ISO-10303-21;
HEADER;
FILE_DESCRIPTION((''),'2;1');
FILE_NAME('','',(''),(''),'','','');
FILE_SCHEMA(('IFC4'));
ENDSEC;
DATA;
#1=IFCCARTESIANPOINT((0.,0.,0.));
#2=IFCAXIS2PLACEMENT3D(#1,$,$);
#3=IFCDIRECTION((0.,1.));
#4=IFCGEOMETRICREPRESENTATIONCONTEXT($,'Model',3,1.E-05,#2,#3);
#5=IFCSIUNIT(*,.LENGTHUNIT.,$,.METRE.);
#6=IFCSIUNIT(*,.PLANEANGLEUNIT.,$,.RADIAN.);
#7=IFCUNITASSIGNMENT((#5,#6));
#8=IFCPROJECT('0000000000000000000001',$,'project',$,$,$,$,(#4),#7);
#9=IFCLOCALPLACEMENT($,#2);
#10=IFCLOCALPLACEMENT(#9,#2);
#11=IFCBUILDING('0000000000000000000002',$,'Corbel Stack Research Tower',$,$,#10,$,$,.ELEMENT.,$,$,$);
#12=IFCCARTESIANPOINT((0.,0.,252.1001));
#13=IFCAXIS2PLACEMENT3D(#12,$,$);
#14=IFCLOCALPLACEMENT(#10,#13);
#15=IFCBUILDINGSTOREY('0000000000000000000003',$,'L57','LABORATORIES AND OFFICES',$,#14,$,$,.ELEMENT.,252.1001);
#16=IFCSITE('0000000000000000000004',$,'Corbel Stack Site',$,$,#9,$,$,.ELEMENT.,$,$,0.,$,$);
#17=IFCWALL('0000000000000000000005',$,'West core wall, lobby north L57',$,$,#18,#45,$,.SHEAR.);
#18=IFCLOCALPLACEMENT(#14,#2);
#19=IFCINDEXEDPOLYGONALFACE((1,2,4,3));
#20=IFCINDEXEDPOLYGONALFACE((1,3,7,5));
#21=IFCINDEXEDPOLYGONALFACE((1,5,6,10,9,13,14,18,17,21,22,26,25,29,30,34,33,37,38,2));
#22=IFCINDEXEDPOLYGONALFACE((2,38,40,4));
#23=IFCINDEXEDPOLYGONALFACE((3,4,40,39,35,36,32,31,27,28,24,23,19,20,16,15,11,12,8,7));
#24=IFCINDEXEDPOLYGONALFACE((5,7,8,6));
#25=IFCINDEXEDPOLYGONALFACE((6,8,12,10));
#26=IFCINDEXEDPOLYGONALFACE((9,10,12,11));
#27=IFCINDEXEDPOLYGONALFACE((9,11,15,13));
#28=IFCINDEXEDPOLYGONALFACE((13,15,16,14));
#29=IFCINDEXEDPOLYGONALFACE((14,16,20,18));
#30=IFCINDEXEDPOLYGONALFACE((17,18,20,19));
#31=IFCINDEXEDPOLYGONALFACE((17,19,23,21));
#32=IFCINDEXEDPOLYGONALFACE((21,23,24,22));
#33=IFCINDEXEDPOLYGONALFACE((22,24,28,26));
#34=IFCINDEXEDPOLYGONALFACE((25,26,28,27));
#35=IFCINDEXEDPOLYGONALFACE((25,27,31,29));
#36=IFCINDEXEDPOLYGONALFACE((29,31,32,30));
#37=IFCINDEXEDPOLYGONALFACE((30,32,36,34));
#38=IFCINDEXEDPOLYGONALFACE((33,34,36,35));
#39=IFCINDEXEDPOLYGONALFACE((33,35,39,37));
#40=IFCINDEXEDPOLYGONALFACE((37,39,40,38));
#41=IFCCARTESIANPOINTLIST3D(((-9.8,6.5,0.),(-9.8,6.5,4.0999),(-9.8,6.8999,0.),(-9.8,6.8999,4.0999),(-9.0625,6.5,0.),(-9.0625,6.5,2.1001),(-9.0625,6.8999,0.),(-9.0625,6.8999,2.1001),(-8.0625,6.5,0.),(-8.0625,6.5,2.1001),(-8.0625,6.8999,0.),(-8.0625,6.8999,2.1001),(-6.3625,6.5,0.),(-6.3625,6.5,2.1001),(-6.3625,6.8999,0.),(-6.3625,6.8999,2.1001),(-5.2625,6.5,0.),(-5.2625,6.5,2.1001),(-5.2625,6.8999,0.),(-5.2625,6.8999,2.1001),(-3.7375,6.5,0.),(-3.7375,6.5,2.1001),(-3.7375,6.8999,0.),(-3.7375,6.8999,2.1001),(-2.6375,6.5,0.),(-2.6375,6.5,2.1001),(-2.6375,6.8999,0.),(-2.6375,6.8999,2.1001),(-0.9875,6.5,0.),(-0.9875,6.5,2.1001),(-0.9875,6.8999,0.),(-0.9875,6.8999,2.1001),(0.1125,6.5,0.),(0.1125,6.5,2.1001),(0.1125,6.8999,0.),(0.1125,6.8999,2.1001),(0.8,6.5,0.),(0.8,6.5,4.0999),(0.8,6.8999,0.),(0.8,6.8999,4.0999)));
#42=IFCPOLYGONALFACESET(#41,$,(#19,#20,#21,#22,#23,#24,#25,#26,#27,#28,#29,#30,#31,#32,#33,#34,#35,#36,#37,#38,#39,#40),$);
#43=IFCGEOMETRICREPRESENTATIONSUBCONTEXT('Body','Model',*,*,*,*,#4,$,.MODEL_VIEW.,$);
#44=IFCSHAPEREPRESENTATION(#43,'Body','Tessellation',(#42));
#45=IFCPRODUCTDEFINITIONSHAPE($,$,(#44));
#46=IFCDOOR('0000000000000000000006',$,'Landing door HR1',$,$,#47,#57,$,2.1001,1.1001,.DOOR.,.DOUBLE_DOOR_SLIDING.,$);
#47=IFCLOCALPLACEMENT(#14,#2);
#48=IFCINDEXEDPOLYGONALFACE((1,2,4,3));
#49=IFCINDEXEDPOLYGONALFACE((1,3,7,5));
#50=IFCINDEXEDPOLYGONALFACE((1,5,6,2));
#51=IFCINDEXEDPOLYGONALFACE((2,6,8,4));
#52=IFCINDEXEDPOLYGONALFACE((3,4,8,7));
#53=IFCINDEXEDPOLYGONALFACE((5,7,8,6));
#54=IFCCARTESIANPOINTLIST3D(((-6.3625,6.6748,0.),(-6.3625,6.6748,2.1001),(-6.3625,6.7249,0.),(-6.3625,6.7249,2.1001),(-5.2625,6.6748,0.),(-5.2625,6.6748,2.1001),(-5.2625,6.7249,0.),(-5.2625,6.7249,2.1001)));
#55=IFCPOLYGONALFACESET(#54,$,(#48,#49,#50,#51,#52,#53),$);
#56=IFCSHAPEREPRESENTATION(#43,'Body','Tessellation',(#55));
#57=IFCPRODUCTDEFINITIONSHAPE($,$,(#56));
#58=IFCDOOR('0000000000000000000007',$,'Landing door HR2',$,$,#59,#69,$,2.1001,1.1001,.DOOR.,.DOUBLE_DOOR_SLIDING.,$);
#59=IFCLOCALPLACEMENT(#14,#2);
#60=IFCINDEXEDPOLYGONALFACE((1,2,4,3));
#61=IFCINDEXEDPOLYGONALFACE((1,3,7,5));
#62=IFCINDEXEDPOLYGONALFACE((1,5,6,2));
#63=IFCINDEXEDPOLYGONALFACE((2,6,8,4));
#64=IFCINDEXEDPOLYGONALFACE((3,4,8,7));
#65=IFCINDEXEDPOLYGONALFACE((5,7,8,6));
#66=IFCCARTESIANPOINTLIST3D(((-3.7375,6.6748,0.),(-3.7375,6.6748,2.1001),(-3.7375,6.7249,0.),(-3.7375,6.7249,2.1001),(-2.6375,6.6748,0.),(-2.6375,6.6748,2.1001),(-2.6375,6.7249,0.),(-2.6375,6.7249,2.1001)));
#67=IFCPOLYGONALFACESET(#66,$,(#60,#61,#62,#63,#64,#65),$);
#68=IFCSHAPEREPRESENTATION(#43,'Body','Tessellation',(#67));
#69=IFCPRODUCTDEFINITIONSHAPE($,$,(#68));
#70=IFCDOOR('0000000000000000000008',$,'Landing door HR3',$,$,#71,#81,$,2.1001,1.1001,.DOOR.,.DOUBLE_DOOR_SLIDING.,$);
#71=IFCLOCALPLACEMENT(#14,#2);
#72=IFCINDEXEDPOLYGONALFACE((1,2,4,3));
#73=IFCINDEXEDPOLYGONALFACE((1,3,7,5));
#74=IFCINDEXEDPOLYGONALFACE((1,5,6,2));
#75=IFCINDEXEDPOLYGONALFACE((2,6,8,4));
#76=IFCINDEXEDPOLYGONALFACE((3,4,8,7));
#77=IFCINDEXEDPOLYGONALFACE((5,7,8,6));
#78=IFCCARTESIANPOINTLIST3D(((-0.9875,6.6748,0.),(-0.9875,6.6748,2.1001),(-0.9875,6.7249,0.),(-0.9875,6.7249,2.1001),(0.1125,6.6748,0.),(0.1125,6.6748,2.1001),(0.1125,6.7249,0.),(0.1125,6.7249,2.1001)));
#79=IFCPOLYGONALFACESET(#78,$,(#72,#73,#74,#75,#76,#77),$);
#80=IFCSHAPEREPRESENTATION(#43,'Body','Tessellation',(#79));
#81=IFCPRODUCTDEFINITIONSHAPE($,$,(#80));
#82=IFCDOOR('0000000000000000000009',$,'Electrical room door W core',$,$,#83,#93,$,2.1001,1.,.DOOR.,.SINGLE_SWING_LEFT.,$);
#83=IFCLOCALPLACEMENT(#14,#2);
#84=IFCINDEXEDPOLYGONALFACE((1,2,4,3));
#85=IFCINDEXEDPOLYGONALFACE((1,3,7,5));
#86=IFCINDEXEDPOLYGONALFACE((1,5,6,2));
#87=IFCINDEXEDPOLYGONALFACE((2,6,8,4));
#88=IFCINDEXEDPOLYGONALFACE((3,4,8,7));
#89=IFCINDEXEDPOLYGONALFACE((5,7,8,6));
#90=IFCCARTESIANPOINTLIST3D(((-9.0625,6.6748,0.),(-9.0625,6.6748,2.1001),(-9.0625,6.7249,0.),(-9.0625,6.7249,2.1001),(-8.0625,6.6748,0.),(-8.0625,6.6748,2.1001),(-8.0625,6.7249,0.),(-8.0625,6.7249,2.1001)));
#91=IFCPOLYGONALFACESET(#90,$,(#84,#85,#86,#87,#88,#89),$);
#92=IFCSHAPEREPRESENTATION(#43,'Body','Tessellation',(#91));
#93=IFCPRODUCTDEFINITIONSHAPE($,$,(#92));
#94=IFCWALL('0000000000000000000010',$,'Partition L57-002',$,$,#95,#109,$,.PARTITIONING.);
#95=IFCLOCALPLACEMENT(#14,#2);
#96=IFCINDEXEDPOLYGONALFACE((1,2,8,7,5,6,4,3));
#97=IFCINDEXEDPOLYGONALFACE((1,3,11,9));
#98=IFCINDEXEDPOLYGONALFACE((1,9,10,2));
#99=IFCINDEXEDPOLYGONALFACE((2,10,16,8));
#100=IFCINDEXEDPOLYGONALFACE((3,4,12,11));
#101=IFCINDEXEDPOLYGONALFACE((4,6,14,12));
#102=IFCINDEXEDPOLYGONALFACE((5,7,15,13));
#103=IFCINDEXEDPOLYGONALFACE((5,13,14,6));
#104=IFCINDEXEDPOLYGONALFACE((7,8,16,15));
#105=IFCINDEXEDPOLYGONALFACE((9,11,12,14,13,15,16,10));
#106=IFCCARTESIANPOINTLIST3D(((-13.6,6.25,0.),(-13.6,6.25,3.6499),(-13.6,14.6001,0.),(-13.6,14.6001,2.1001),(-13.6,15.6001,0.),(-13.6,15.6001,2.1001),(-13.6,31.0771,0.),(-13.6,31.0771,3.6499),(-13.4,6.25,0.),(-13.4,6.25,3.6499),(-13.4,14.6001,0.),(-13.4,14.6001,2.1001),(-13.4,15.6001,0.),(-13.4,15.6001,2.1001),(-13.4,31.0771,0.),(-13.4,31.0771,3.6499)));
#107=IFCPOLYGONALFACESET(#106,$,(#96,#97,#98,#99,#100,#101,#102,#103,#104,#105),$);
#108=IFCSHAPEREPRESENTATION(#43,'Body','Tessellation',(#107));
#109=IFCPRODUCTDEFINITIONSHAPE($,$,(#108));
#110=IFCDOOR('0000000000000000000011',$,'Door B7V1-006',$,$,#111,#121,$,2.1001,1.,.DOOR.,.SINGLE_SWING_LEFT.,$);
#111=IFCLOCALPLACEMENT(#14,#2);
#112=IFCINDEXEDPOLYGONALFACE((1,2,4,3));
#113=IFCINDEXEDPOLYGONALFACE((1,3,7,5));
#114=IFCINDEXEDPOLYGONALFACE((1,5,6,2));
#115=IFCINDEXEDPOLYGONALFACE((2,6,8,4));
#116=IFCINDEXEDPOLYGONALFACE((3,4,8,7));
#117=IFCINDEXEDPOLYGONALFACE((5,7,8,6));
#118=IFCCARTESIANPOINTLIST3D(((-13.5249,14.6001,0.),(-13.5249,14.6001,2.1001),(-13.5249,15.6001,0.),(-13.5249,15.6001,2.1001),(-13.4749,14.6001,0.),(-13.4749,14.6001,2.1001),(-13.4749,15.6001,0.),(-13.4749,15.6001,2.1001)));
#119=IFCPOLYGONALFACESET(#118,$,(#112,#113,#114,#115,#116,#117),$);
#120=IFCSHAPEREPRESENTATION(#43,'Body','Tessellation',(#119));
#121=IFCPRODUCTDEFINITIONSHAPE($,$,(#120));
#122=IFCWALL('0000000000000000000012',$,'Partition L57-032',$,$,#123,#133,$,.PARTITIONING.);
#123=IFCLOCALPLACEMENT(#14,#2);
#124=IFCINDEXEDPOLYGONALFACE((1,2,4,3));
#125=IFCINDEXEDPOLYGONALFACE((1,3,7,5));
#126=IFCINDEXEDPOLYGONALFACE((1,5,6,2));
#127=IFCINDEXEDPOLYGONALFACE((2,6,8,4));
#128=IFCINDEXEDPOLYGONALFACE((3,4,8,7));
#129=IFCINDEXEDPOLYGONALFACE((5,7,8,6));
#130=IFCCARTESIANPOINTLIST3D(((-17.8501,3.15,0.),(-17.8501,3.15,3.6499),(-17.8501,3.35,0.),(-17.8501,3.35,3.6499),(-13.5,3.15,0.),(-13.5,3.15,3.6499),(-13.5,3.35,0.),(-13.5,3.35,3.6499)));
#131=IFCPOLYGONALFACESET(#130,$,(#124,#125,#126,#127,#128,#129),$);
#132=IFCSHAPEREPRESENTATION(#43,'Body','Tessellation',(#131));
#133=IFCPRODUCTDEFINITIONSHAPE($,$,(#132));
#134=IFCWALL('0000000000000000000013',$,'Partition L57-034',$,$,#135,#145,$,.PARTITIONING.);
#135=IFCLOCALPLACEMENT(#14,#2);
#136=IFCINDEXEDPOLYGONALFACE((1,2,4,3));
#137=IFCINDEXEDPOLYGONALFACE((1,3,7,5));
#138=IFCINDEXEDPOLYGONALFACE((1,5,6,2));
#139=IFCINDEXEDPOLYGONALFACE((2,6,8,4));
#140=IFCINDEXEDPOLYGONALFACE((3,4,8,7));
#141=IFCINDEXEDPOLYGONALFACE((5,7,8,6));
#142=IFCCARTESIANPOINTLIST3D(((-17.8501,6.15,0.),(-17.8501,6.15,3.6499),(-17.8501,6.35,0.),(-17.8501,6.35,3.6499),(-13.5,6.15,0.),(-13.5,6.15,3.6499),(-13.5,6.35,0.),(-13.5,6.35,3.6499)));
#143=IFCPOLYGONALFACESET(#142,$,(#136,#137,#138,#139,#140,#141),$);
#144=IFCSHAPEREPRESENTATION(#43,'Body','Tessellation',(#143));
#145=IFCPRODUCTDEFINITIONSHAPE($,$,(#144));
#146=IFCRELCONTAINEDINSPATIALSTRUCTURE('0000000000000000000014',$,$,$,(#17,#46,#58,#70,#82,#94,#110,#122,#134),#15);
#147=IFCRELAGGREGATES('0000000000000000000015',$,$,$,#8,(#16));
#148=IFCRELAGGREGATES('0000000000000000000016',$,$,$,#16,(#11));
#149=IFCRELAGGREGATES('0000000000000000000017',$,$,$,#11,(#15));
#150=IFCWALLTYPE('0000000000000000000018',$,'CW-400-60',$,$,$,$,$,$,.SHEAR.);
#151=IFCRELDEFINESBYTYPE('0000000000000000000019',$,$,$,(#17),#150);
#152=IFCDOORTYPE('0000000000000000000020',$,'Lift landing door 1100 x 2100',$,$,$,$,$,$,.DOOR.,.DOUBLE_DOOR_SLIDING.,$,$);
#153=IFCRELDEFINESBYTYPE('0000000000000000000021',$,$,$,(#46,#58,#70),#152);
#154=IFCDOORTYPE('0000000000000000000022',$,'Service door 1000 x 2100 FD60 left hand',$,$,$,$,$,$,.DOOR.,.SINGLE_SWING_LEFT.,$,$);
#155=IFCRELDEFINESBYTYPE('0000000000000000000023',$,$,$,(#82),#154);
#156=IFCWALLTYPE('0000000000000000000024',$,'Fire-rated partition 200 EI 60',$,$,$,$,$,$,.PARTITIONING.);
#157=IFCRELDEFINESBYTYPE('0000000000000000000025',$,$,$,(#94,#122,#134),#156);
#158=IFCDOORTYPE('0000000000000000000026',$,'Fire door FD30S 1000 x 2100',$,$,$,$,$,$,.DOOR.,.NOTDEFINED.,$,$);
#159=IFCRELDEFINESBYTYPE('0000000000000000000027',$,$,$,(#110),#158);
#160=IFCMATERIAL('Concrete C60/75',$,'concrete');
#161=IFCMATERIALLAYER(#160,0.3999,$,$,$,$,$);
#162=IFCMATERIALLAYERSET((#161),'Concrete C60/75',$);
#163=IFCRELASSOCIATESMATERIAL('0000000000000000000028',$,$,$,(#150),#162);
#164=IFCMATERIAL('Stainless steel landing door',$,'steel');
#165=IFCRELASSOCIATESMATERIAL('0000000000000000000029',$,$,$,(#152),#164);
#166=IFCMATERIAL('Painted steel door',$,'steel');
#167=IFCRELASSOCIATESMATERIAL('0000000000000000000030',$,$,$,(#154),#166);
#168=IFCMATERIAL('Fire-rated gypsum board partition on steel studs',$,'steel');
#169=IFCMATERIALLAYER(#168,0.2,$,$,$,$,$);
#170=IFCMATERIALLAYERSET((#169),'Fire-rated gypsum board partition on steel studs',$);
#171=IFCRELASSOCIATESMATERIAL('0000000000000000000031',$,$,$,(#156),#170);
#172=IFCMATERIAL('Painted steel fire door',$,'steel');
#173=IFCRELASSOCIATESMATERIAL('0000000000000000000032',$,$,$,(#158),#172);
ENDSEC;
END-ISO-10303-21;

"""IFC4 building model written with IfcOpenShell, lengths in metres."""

from ifc_helpers import new_model, si_unit, direction, frame, frame_2d, origin, place, context, subcontext, project, spatial, rectangle, extrude, material, layer, layer_set, type_object, element, fill, save


model = new_model("IFC4")

# Units and contexts
model_context = context("Model", 3, precision=1e-05, world=origin(), true_north=direction((0.0, 1.0)))
body_context = subcontext(model_context, "Body", "Model", "MODEL_VIEW")
ifc_project = project(units=[si_unit("LENGTHUNIT", "METRE"), si_unit("PLANEANGLEUNIT", "RADIAN")], contexts=[model_context])

# Site, building, storey
site_placement = place(None, origin())
site = spatial("IfcSite", under=ifc_project, at=site_placement, Name="Corbel Stack Site", CompositionType="ELEMENT", RefElevation=0.0)
building_placement = place(site_placement, origin())
building = spatial("IfcBuilding", under=site, at=building_placement, Name="Corbel Stack Research Tower", CompositionType="ELEMENT")
storey_placement = place(building_placement, frame((0.0, 0.0, 252.1001)))
storey = spatial("IfcBuildingStorey", under=building, at=storey_placement, Name="L57", Description="LABORATORIES AND OFFICES", CompositionType="ELEMENT", Elevation=252.1001)

# Wall, openings, doors
ifc_material_1 = material(Name="Concrete C60/75", Category="concrete")
ifc_layer_1 = layer(ifc_material_1, 0.3999)
ifc_layer_set_1 = layer_set([ifc_layer_1], Name="Concrete C60/75")
wall_type_1 = type_object("IfcWallType", Name="CW-400-60", PredefinedType="SHEAR", material=ifc_layer_set_1)
ifc_material_2 = material(Name="Stainless steel landing door", Category="steel")
door_type_1 = type_object("IfcDoorType", Name="Lift landing door 1100 x 2100", OperationType="DOUBLE_DOOR_SLIDING", PredefinedType="DOOR", material=ifc_material_2)
ifc_material_3 = material(Name="Painted steel door", Category="steel")
door_type_2 = type_object("IfcDoorType", Name="Service door 1000 x 2100 FD60 left hand", OperationType="SINGLE_SWING_LEFT", PredefinedType="DOOR", material=ifc_material_3)
wall_1_placement = place(storey_placement, frame((-9.8, 6.7, 0.0), z_axis=(0.0, 0.0, 1.0), x_axis=(1.0, 0.0, 0.0)))
wall_1 = element("IfcWall", 1, at=wall_1_placement, inside=storey, type_object=wall_type_1, Name="West core wall, lobby north L57", PredefinedType="SHEAR", context=body_context, shape_type="SweptSolid", body=[
    extrude(rectangle(XDim=10.6001, YDim=0.3999, at=frame_2d((5.3, 0.0))), origin(), (0.0, 0.0, 1.0), 4.0999),
])
opening_1_placement = place(wall_1_placement, frame((3.4375, 0.0, 0.0)))
opening_1 = element("IfcOpeningElement", 2, at=opening_1_placement, cuts=wall_1, PredefinedType="OPENING", context=body_context, shape_type="SweptSolid", body=[
    extrude(rectangle(XDim=1.1001, YDim=2.1001, at=frame_2d((0.55, 1.05))), frame((0.0, 0.21, 0.0), z_axis=(0.0, -1.0, 0.0), x_axis=(1.0, 0.0, 0.0)), (0.0, 0.0, 1.0), 0.4199),
])
opening_2_placement = place(wall_1_placement, frame((6.0625, 0.0, 0.0)))
opening_2 = element("IfcOpeningElement", 3, at=opening_2_placement, cuts=wall_1, PredefinedType="OPENING", context=body_context, shape_type="SweptSolid", body=[
    extrude(rectangle(XDim=1.1001, YDim=2.1001, at=frame_2d((0.55, 1.05))), frame((0.0, 0.21, 0.0), z_axis=(0.0, -1.0, 0.0), x_axis=(1.0, 0.0, 0.0)), (0.0, 0.0, 1.0), 0.4199),
])
opening_3_placement = place(wall_1_placement, frame((8.8125, 0.0, 0.0)))
opening_3 = element("IfcOpeningElement", 4, at=opening_3_placement, cuts=wall_1, PredefinedType="OPENING", context=body_context, shape_type="SweptSolid", body=[
    extrude(rectangle(XDim=1.1001, YDim=2.1001, at=frame_2d((0.55, 1.05))), frame((0.0, 0.21, 0.0), z_axis=(0.0, -1.0, 0.0), x_axis=(1.0, 0.0, 0.0)), (0.0, 0.0, 1.0), 0.4199),
])
opening_4_placement = place(wall_1_placement, frame((0.7375, 0.0, 0.0)))
opening_4 = element("IfcOpeningElement", 5, at=opening_4_placement, cuts=wall_1, PredefinedType="OPENING", context=body_context, shape_type="SweptSolid", body=[
    extrude(rectangle(XDim=1.0, YDim=2.1001, at=frame_2d((0.5, 1.05))), frame((0.0, 0.21, 0.0), z_axis=(0.0, -1.0, 0.0), x_axis=(1.0, 0.0, 0.0)), (0.0, 0.0, 1.0), 0.4199),
])
door_1_placement = place(opening_1_placement, origin())
door_1 = element("IfcDoor", 6, at=door_1_placement, inside=storey, type_object=door_type_1, Name="Landing door HR1", OperationType="DOUBLE_DOOR_SLIDING", OverallHeight=2.1001, OverallWidth=1.1001, PredefinedType="DOOR", context=body_context, shape_type="SweptSolid", body=[
    extrude(rectangle(XDim=1.1001, YDim=2.1001, at=frame_2d((0.55, 1.05))), frame((0.0, 0.0249, 0.0), z_axis=(0.0, -1.0, 0.0), x_axis=(1.0, 0.0, 0.0)), (0.0, 0.0, 1.0), 0.05),
])
fill(opening_1, door_1)
door_2_placement = place(opening_2_placement, origin())
door_2 = element("IfcDoor", 7, at=door_2_placement, inside=storey, type_object=door_type_1, Name="Landing door HR2", OperationType="DOUBLE_DOOR_SLIDING", OverallHeight=2.1001, OverallWidth=1.1001, PredefinedType="DOOR", context=body_context, shape_type="SweptSolid", body=[
    extrude(rectangle(XDim=1.1001, YDim=2.1001, at=frame_2d((0.55, 1.05))), frame((0.0, 0.0249, 0.0), z_axis=(0.0, -1.0, 0.0), x_axis=(1.0, 0.0, 0.0)), (0.0, 0.0, 1.0), 0.05),
])
fill(opening_2, door_2)
door_3_placement = place(opening_3_placement, origin())
door_3 = element("IfcDoor", 8, at=door_3_placement, inside=storey, type_object=door_type_1, Name="Landing door HR3", OperationType="DOUBLE_DOOR_SLIDING", OverallHeight=2.1001, OverallWidth=1.1001, PredefinedType="DOOR", context=body_context, shape_type="SweptSolid", body=[
    extrude(rectangle(XDim=1.1001, YDim=2.1001, at=frame_2d((0.55, 1.05))), frame((0.0, 0.0249, 0.0), z_axis=(0.0, -1.0, 0.0), x_axis=(1.0, 0.0, 0.0)), (0.0, 0.0, 1.0), 0.05),
])
fill(opening_3, door_3)
door_4_placement = place(opening_4_placement, origin())
door_4 = element("IfcDoor", 9, at=door_4_placement, inside=storey, type_object=door_type_2, Name="Electrical room door W core", OperationType="SINGLE_SWING_LEFT", OverallHeight=2.1001, OverallWidth=1.0, PredefinedType="DOOR", context=body_context, shape_type="SweptSolid", body=[
    extrude(rectangle(XDim=1.0, YDim=2.1001, at=frame_2d((0.5, 1.05))), frame((0.0, 0.0249, 0.0), z_axis=(0.0, -1.0, 0.0), x_axis=(1.0, 0.0, 0.0)), (0.0, 0.0, 1.0), 0.05),
])
fill(opening_4, door_4)

# Wall, opening, door
ifc_material_4 = material(Name="Fire-rated gypsum board partition on steel studs", Category="steel")
ifc_layer_2 = layer(ifc_material_4, 0.2)
ifc_layer_set_2 = layer_set([ifc_layer_2], Name="Fire-rated gypsum board partition on steel studs")
wall_type_2 = type_object("IfcWallType", Name="Fire-rated partition 200 EI 60", PredefinedType="PARTITIONING", material=ifc_layer_set_2)
wall_2_placement = place(storey_placement, frame((-13.5, 6.25, 0.0), z_axis=(0.0, 0.0, 1.0), x_axis=(0.0, 1.0, 0.0)))
wall_2 = element("IfcWall", 10, at=wall_2_placement, inside=storey, type_object=wall_type_2, Name="Partition L57-002", PredefinedType="PARTITIONING", context=body_context, shape_type="SweptSolid", body=[
    extrude(rectangle(XDim=24.8271, YDim=0.2, at=frame_2d((12.4136, 0.0))), origin(), (0.0, 0.0, 1.0), 3.6499),
])
opening_5_placement = place(wall_2_placement, frame((8.3501, 0.0, 0.0)))
opening_5 = element("IfcOpeningElement", 11, at=opening_5_placement, cuts=wall_2, PredefinedType="OPENING", context=body_context, shape_type="SweptSolid", body=[
    extrude(rectangle(XDim=1.0, YDim=2.1001, at=frame_2d((0.5, 1.05))), frame((0.0, 0.1099, 0.0), z_axis=(0.0, -1.0, 0.0), x_axis=(1.0, 0.0, 0.0)), (0.0, 0.0, 1.0), 0.22),
])
ifc_material_5 = material(Name="Painted steel fire door", Category="steel")
door_type_3 = type_object("IfcDoorType", Name="Fire door FD30S 1000 x 2100", OperationType="NOTDEFINED", PredefinedType="DOOR", material=ifc_material_5)
door_5_placement = place(opening_5_placement, origin())
door_5 = element("IfcDoor", 12, at=door_5_placement, inside=storey, type_object=door_type_3, Name="Door B7V1-006", OperationType="SINGLE_SWING_LEFT", OverallHeight=2.1001, OverallWidth=1.0, PredefinedType="DOOR", context=body_context, shape_type="SweptSolid", body=[
    extrude(rectangle(XDim=1.0, YDim=2.1001, at=frame_2d((0.5, 1.05))), frame((0.0, 0.0249, 0.0), z_axis=(0.0, -1.0, 0.0), x_axis=(1.0, 0.0, 0.0)), (0.0, 0.0, 1.0), 0.05),
])
fill(opening_5, door_5)

# Walls
for number, where, z_axis, x_axis, name in (
    (13, (-17.8501, 3.25, 0.0), (0.0, 0.0, 1.0), (1.0, 0.0, 0.0), "Partition L57-032"),
    (14, (-17.8501, 6.25, 0.0), (0.0, 0.0, 1.0), (1.0, 0.0, 0.0), "Partition L57-034"),
):
    element("IfcWall", number, at=place(storey_placement, frame(where, z_axis=z_axis, x_axis=x_axis)), inside=storey, type_object=wall_type_2, Name=name, PredefinedType="PARTITIONING", context=body_context, shape_type="SweptSolid", body=[
        extrude(rectangle(XDim=4.3501, YDim=0.2, at=frame_2d((2.175, 0.0))), origin(), (0.0, 0.0, 1.0), 3.6499),
    ])

save(model, "model.ifc")
